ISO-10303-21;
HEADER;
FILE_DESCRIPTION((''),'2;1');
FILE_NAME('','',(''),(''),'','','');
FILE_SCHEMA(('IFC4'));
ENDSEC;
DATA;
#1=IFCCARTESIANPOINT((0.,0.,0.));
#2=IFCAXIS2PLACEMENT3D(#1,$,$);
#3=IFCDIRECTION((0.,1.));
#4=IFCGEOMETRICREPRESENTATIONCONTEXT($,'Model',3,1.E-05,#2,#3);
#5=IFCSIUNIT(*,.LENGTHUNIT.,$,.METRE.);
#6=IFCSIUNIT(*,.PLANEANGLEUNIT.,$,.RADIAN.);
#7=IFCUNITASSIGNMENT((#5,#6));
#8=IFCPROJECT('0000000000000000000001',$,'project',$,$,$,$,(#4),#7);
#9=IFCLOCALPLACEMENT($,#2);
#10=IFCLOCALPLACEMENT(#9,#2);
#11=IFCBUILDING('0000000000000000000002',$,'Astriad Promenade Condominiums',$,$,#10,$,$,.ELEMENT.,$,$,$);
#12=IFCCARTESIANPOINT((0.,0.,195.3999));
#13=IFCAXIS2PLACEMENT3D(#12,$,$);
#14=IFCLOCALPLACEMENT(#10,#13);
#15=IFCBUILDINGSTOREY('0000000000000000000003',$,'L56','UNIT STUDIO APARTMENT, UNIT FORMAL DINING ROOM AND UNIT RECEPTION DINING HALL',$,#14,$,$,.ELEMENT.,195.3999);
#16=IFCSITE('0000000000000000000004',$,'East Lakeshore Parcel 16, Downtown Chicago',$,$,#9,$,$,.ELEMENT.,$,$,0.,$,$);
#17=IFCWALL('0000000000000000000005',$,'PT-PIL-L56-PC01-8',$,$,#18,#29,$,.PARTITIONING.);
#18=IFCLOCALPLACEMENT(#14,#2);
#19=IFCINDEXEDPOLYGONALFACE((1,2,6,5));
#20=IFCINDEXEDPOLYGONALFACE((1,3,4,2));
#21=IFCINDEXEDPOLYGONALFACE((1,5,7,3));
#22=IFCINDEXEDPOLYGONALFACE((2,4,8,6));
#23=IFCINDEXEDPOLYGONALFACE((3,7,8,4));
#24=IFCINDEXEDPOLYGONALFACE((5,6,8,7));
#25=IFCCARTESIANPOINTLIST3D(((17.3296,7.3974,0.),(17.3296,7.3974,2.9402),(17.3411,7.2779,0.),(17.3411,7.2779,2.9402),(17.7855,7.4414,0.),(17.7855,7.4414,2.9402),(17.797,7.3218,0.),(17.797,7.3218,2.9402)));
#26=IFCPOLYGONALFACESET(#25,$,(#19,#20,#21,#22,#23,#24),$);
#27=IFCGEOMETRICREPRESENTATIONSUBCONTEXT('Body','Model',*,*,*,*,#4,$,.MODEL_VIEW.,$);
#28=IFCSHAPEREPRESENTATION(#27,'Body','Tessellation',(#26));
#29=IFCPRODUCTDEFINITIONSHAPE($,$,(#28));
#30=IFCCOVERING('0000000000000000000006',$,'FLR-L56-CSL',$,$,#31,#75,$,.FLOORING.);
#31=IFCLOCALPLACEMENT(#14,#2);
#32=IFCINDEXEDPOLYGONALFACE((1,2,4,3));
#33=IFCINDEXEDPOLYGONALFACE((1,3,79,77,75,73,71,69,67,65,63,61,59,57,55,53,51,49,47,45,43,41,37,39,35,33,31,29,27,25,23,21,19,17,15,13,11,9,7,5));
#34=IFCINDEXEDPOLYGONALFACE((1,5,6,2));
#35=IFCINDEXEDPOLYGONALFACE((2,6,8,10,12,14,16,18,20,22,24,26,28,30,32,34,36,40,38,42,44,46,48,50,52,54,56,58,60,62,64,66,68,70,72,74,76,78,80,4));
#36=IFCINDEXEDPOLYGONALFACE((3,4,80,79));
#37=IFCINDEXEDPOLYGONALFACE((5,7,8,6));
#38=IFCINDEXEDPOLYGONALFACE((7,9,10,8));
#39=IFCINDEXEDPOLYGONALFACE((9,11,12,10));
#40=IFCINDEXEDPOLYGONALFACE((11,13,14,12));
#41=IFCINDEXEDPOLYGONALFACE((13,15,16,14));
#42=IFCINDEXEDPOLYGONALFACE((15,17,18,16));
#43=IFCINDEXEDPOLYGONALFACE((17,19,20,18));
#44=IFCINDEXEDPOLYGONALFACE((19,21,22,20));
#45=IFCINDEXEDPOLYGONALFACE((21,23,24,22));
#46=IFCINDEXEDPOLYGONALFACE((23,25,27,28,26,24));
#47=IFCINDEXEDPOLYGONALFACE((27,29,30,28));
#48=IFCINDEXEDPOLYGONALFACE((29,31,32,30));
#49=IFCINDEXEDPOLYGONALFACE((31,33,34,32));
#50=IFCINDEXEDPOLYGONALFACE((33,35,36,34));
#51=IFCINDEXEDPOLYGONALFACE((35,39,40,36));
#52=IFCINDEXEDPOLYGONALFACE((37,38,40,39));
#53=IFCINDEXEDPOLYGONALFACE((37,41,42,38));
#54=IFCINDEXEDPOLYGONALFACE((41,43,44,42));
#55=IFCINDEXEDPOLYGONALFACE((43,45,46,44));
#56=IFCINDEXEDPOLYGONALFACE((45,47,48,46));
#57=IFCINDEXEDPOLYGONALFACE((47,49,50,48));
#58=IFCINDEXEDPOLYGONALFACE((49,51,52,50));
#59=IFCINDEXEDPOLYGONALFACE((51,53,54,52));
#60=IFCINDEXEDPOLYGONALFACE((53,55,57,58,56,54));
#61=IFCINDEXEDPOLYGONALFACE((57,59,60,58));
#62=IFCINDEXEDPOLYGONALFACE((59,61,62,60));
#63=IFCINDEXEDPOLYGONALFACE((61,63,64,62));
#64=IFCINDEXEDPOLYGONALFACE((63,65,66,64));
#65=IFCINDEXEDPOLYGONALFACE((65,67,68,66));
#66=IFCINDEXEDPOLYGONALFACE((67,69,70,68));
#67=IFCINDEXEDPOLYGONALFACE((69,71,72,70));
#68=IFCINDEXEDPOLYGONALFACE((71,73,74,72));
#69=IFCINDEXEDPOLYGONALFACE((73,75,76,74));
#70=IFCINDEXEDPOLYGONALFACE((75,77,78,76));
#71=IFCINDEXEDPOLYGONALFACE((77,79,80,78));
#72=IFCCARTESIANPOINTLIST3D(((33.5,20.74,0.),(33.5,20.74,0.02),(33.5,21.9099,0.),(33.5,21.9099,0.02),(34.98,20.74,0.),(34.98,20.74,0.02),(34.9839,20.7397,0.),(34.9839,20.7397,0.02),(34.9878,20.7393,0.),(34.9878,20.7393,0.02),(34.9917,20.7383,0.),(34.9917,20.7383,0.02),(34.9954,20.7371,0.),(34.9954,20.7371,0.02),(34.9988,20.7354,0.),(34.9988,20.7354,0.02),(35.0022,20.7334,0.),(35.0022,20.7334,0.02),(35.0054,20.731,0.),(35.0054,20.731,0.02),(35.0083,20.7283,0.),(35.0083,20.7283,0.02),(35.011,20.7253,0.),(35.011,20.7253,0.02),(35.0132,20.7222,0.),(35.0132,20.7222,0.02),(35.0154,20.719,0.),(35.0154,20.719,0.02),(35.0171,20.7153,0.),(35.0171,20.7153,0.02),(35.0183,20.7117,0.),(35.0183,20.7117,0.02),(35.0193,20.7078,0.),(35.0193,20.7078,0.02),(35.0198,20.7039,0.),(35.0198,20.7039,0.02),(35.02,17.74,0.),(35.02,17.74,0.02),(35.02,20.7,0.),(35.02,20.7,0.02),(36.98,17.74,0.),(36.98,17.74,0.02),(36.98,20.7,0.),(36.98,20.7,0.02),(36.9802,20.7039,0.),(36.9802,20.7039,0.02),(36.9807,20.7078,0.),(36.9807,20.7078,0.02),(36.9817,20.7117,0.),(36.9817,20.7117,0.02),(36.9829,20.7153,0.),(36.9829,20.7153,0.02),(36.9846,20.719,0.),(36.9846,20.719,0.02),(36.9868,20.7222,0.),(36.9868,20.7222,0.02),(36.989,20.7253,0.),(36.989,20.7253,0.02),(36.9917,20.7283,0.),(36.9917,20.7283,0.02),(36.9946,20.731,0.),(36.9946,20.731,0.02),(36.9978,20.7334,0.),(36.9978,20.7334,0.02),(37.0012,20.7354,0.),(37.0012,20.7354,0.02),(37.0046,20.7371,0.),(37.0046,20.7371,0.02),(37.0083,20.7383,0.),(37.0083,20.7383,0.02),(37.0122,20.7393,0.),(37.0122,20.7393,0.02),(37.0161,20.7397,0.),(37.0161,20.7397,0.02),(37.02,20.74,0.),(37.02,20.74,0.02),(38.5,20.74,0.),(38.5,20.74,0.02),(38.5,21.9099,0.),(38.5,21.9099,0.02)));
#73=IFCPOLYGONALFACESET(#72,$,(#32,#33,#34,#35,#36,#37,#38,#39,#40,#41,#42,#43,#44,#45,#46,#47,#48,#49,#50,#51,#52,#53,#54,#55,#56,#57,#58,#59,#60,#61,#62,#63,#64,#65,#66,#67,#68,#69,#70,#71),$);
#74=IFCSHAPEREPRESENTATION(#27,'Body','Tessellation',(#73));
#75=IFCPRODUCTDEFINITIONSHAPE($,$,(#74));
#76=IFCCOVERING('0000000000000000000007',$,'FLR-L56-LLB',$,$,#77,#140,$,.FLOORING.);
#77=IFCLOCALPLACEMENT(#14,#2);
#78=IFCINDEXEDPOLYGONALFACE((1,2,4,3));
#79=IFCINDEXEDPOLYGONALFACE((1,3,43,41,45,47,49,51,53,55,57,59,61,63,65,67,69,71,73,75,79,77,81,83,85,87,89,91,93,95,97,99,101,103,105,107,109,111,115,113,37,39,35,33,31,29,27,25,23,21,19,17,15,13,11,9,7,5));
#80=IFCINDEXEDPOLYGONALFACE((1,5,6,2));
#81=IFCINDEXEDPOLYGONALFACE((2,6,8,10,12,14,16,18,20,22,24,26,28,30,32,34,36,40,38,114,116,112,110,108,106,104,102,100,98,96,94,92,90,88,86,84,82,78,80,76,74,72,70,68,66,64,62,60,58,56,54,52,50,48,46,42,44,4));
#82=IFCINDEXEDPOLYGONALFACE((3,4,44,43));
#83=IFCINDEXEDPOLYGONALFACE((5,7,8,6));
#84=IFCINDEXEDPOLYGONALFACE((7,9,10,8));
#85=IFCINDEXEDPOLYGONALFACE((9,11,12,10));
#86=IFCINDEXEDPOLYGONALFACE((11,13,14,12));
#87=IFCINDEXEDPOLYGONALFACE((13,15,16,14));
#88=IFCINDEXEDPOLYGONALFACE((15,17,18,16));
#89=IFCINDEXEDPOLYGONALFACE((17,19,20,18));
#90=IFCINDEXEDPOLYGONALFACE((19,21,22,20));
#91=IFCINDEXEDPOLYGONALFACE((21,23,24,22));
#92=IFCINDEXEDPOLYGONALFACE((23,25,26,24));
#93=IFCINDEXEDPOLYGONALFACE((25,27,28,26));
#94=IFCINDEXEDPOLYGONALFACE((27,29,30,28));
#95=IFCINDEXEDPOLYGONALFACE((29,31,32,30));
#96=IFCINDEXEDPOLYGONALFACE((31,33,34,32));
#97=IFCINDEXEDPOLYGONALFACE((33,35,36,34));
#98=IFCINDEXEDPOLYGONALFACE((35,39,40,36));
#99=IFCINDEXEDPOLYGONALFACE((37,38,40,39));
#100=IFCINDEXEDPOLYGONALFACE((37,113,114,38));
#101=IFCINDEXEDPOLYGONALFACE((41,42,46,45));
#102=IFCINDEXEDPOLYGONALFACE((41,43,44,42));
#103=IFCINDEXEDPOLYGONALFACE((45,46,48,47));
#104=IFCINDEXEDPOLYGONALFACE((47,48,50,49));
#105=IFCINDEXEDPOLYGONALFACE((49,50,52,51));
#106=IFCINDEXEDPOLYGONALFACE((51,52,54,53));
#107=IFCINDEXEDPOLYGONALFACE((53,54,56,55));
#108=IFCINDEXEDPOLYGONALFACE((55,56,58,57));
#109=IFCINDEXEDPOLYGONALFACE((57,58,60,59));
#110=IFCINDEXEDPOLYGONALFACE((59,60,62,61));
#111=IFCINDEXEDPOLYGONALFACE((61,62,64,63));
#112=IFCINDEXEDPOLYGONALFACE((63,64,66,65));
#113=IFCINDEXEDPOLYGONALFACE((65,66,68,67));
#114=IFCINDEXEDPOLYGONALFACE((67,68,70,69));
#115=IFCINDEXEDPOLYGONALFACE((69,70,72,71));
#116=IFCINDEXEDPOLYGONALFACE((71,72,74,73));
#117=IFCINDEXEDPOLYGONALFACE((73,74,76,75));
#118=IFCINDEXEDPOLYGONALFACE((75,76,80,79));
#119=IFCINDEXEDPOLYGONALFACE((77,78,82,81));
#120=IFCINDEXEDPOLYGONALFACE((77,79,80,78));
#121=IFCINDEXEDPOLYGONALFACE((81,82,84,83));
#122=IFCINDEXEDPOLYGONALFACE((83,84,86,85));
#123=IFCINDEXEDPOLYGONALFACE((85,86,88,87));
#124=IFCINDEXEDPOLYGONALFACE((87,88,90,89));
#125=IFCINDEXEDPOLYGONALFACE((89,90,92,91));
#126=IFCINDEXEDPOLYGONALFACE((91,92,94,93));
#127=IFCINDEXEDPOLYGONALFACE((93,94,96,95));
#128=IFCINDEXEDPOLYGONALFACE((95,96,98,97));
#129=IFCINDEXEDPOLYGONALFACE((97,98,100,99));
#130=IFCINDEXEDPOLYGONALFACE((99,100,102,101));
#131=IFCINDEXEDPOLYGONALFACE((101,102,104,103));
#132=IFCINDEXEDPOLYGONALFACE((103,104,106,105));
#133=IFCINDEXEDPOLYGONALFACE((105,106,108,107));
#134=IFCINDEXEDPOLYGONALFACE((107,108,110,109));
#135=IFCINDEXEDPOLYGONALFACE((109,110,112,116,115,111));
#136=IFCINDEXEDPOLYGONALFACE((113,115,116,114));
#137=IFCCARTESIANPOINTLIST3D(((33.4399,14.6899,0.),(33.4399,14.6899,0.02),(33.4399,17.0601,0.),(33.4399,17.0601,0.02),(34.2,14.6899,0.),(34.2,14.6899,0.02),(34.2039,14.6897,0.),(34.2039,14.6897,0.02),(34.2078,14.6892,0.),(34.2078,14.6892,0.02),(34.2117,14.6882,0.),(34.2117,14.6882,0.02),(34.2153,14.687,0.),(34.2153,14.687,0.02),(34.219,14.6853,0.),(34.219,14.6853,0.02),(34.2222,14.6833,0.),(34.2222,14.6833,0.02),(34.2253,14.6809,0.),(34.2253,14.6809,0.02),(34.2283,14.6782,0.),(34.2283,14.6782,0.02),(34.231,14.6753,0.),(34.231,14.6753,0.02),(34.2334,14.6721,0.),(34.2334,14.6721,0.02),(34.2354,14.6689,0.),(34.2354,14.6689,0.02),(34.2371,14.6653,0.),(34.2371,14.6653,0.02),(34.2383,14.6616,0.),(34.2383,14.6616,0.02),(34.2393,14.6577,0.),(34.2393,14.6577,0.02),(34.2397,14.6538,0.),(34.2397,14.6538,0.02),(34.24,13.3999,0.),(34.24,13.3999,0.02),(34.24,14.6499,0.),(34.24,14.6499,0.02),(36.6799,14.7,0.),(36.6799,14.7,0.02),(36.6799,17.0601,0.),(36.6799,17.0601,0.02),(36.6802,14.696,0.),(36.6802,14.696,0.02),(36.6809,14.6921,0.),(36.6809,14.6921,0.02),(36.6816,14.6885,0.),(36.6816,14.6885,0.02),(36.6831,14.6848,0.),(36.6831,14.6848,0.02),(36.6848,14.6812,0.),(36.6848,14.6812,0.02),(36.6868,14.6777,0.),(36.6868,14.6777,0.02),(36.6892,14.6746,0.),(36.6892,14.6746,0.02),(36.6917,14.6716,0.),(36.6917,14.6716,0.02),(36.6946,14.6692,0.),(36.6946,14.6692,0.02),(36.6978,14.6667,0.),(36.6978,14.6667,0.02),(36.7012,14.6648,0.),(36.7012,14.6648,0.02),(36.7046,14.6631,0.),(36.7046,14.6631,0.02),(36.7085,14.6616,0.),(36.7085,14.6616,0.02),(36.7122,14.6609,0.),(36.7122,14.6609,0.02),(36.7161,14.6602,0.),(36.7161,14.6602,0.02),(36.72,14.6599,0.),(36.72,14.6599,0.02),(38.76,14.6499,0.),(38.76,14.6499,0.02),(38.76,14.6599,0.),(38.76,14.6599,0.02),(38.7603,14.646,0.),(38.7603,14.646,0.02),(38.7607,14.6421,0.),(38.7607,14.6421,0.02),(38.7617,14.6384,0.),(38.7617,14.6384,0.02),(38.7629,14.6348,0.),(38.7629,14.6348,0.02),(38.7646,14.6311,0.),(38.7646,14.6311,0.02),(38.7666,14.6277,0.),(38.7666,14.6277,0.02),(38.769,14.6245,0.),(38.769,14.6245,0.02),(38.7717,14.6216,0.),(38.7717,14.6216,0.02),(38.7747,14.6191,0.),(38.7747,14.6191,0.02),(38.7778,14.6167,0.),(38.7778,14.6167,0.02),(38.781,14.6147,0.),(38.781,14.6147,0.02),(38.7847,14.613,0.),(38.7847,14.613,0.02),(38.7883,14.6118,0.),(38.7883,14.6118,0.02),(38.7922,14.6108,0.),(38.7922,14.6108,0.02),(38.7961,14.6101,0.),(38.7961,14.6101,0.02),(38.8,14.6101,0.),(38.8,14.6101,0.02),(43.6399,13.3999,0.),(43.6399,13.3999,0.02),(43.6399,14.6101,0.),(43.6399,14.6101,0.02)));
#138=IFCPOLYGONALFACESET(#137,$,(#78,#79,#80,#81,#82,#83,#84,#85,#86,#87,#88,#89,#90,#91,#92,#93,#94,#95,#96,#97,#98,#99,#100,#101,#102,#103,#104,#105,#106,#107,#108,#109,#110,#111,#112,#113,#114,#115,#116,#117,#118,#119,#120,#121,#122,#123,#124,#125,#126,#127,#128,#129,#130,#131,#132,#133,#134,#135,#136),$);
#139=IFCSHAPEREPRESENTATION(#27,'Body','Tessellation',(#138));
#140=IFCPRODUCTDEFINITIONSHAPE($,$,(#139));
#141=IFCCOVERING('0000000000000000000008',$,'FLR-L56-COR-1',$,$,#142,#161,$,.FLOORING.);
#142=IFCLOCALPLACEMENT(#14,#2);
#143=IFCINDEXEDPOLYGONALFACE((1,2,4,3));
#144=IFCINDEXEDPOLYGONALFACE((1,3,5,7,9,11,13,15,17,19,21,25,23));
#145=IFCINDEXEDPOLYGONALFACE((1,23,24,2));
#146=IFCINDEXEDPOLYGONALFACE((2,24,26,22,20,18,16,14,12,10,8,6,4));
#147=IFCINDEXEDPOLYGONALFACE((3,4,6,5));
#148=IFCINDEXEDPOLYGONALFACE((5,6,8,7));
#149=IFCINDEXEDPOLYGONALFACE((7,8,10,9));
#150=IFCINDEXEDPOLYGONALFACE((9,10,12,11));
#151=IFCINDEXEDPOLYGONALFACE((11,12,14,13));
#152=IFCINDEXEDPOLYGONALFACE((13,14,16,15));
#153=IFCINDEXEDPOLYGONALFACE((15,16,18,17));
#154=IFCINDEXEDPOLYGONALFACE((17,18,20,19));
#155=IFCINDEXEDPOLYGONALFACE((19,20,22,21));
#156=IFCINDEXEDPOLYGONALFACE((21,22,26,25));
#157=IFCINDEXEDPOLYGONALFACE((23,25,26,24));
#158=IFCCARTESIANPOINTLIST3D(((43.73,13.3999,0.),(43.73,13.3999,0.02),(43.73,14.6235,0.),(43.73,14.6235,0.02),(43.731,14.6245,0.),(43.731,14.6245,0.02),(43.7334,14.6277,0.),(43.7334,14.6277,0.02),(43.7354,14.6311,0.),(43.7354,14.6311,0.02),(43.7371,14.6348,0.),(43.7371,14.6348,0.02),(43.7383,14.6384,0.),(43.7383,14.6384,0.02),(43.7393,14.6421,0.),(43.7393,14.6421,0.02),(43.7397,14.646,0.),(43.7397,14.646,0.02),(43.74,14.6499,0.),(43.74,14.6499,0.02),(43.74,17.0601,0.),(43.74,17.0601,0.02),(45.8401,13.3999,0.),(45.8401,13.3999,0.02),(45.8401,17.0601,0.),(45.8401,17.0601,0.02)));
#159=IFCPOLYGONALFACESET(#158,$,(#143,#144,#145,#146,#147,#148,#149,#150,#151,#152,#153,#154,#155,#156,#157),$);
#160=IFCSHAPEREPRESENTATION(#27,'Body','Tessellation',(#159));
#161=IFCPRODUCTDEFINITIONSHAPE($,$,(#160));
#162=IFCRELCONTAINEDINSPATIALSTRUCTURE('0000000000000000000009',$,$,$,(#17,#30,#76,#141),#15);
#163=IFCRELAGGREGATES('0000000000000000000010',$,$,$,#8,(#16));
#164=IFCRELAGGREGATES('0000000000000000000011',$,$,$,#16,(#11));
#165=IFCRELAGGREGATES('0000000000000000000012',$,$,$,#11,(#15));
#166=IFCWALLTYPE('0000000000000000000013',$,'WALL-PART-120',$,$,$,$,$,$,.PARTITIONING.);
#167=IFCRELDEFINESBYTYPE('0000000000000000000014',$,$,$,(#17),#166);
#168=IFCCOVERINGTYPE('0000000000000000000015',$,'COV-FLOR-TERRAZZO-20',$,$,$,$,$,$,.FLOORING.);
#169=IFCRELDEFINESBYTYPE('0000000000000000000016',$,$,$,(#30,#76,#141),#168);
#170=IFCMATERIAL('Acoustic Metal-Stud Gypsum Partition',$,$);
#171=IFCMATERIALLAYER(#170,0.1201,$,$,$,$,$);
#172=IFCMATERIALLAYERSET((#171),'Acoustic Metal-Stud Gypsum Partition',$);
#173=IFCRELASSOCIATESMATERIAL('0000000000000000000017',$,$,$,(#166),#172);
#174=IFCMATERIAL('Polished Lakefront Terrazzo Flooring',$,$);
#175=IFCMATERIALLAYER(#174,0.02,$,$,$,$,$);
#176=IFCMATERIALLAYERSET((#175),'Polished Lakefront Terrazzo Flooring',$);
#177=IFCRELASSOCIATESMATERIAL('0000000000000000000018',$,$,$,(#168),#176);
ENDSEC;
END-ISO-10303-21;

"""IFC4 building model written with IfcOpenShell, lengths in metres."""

from ifc_helpers import new_model, si_unit, direction, frame, frame_2d, origin, place, context, subcontext, project, spatial, polyline, rectangle, outline, extrude, material, layer, layer_set, type_object, element, save


model = new_model("IFC4")

# Units and contexts
model_context = context("Model", 3, precision=1e-05, world=origin(), true_north=direction((0.0, 1.0)))
body_context = subcontext(model_context, "Body", "Model", "MODEL_VIEW")
ifc_project = project(units=[si_unit("LENGTHUNIT", "METRE"), si_unit("PLANEANGLEUNIT", "RADIAN")], contexts=[model_context])

# Site, building, storey
site_placement = place(None, origin())
site = spatial("IfcSite", under=ifc_project, at=site_placement, Name="East Lakeshore Parcel 16, Downtown Chicago", CompositionType="ELEMENT", RefElevation=0.0)
building_placement = place(site_placement, origin())
building = spatial("IfcBuilding", under=site, at=building_placement, Name="Astriad Promenade Condominiums", CompositionType="ELEMENT")
storey_placement = place(building_placement, frame((0.0, 0.0, 195.3999)))
storey = spatial("IfcBuildingStorey", under=building, at=storey_placement, Name="L56", Description="UNIT STUDIO APARTMENT, UNIT FORMAL DINING ROOM AND UNIT RECEPTION DINING HALL", CompositionType="ELEMENT", Elevation=195.3999)

# Shared definitions
ifc_material_1 = material(Name="Acoustic Metal-Stud Gypsum Partition")
ifc_layer_1 = layer(ifc_material_1, 0.1201)
ifc_layer_set_1 = layer_set([ifc_layer_1], Name="Acoustic Metal-Stud Gypsum Partition")
wall_type_1 = type_object("IfcWallType", Name="WALL-PART-120", PredefinedType="PARTITIONING", material=ifc_layer_set_1)

# Wall
wall_1_placement = place(storey_placement, frame((17.7913, 7.3816, 0.0), z_axis=(0.0, 0.0, 1.0), x_axis=(-0.995385, -0.095966, 0.0)))
element("IfcWall", 1, at=wall_1_placement, inside=storey, type_object=wall_type_1, Name="PT-PIL-L56-PC01-8", PredefinedType="PARTITIONING", context=body_context, shape_type="SweptSolid", body=[
    extrude(rectangle(XDim=0.458, YDim=0.1201, at=frame_2d((0.229, 0.0))), origin(), (0.0, 0.0, 1.0), 2.9402),
])

# Coverings
ifc_material_2 = material(Name="Polished Lakefront Terrazzo Flooring")
ifc_layer_2 = layer(ifc_material_2, 0.02)
ifc_layer_set_2 = layer_set([ifc_layer_2], Name="Polished Lakefront Terrazzo Flooring")
covering_type = type_object("IfcCoveringType", Name="COV-FLOR-TERRAZZO-20", PredefinedType="FLOORING", material=ifc_layer_set_2)
covering_1_placement = place(storey_placement, origin())
element("IfcCovering", 2, at=covering_1_placement, inside=storey, type_object=covering_type, Name="FLR-L56-CSL", PredefinedType="FLOORING", context=body_context, shape_type="SweptSolid", body=[
    extrude(outline(polyline([(36.98, 20.7), (36.98, 17.74), (35.02, 17.74), (35.02, 20.7), (35.0198, 20.7039), (35.0193, 20.7078), (35.0183, 20.7117), (35.0171, 20.7153), (35.0154, 20.719), (35.0132, 20.7222), (35.011, 20.7253), (35.0083, 20.7283), (35.0054, 20.731), (35.0022, 20.7334), (34.9988, 20.7354), (34.9954, 20.7371), (34.9917, 20.7383), (34.9878, 20.7393), (34.9839, 20.7397), (34.98, 20.74), (33.5, 20.74), (33.5, 21.9099), (38.5, 21.9099), (38.5, 20.74), (37.02, 20.74), (37.0161, 20.7397), (37.0122, 20.7393), (37.0083, 20.7383), (37.0046, 20.7371), (37.0012, 20.7354), (36.9978, 20.7334), (36.9946, 20.731), (36.9917, 20.7283), (36.989, 20.7253), (36.9868, 20.7222), (36.9846, 20.719), (36.9829, 20.7153), (36.9817, 20.7117), (36.9807, 20.7078), (36.9802, 20.7039), (36.98, 20.7)])), origin(), (0.0, 0.0, 1.0), 0.02),
])
covering_2_placement = place(storey_placement, origin())
element("IfcCovering", 3, at=covering_2_placement, inside=storey, type_object=covering_type, Name="FLR-L56-LLB", PredefinedType="FLOORING", context=body_context, shape_type="SweptSolid", body=[
    extrude(outline(polyline([(43.6399, 14.6101), (43.6399, 13.3999), (34.24, 13.3999), (34.24, 14.6499), (34.2397, 14.6538), (34.2393, 14.6577), (34.2383, 14.6616), (34.2371, 14.6653), (34.2354, 14.6689), (34.2334, 14.6721), (34.231, 14.6753), (34.2283, 14.6782), (34.2253, 14.6809), (34.2222, 14.6833), (34.219, 14.6853), (34.2153, 14.687), (34.2117, 14.6882), (34.2078, 14.6892), (34.2039, 14.6897), (34.2, 14.6899), (33.4399, 14.6899), (33.4399, 17.0601), (36.6799, 17.0601), (36.6799, 14.7), (36.6802, 14.696), (36.6809, 14.6921), (36.6816, 14.6885), (36.6831, 14.6848), (36.6848, 14.6812), (36.6868, 14.6777), (36.6892, 14.6746), (36.6917, 14.6716), (36.6946, 14.6692), (36.6978, 14.6667), (36.7012, 14.6648), (36.7046, 14.6631), (36.7085, 14.6616), (36.7122, 14.6609), (36.7161, 14.6602), (36.72, 14.6599), (38.76, 14.6599), (38.76, 14.6499), (38.7603, 14.646), (38.7607, 14.6421), (38.7617, 14.6384), (38.7629, 14.6348), (38.7646, 14.6311), (38.7666, 14.6277), (38.769, 14.6245), (38.7717, 14.6216), (38.7747, 14.6191), (38.7778, 14.6167), (38.781, 14.6147), (38.7847, 14.613), (38.7883, 14.6118), (38.7922, 14.6108), (38.7961, 14.6101), (38.8, 14.6101), (43.6399, 14.6101)])), origin(), (0.0, 0.0, 1.0), 0.02),
])
covering_3_placement = place(storey_placement, origin())
element("IfcCovering", 4, at=covering_3_placement, inside=storey, type_object=covering_type, Name="FLR-L56-COR-1", PredefinedType="FLOORING", context=body_context, shape_type="SweptSolid", body=[
    extrude(outline(polyline([(43.73, 13.3999), (43.73, 14.6235), (43.731, 14.6245), (43.7334, 14.6277), (43.7354, 14.6311), (43.7371, 14.6348), (43.7383, 14.6384), (43.7393, 14.6421), (43.7397, 14.646), (43.74, 14.6499), (43.74, 17.0601), (45.8401, 17.0601), (45.8401, 13.3999), (43.73, 13.3999)])), origin(), (0.0, 0.0, 1.0), 0.02),
])

save(model, "model.ifc")
